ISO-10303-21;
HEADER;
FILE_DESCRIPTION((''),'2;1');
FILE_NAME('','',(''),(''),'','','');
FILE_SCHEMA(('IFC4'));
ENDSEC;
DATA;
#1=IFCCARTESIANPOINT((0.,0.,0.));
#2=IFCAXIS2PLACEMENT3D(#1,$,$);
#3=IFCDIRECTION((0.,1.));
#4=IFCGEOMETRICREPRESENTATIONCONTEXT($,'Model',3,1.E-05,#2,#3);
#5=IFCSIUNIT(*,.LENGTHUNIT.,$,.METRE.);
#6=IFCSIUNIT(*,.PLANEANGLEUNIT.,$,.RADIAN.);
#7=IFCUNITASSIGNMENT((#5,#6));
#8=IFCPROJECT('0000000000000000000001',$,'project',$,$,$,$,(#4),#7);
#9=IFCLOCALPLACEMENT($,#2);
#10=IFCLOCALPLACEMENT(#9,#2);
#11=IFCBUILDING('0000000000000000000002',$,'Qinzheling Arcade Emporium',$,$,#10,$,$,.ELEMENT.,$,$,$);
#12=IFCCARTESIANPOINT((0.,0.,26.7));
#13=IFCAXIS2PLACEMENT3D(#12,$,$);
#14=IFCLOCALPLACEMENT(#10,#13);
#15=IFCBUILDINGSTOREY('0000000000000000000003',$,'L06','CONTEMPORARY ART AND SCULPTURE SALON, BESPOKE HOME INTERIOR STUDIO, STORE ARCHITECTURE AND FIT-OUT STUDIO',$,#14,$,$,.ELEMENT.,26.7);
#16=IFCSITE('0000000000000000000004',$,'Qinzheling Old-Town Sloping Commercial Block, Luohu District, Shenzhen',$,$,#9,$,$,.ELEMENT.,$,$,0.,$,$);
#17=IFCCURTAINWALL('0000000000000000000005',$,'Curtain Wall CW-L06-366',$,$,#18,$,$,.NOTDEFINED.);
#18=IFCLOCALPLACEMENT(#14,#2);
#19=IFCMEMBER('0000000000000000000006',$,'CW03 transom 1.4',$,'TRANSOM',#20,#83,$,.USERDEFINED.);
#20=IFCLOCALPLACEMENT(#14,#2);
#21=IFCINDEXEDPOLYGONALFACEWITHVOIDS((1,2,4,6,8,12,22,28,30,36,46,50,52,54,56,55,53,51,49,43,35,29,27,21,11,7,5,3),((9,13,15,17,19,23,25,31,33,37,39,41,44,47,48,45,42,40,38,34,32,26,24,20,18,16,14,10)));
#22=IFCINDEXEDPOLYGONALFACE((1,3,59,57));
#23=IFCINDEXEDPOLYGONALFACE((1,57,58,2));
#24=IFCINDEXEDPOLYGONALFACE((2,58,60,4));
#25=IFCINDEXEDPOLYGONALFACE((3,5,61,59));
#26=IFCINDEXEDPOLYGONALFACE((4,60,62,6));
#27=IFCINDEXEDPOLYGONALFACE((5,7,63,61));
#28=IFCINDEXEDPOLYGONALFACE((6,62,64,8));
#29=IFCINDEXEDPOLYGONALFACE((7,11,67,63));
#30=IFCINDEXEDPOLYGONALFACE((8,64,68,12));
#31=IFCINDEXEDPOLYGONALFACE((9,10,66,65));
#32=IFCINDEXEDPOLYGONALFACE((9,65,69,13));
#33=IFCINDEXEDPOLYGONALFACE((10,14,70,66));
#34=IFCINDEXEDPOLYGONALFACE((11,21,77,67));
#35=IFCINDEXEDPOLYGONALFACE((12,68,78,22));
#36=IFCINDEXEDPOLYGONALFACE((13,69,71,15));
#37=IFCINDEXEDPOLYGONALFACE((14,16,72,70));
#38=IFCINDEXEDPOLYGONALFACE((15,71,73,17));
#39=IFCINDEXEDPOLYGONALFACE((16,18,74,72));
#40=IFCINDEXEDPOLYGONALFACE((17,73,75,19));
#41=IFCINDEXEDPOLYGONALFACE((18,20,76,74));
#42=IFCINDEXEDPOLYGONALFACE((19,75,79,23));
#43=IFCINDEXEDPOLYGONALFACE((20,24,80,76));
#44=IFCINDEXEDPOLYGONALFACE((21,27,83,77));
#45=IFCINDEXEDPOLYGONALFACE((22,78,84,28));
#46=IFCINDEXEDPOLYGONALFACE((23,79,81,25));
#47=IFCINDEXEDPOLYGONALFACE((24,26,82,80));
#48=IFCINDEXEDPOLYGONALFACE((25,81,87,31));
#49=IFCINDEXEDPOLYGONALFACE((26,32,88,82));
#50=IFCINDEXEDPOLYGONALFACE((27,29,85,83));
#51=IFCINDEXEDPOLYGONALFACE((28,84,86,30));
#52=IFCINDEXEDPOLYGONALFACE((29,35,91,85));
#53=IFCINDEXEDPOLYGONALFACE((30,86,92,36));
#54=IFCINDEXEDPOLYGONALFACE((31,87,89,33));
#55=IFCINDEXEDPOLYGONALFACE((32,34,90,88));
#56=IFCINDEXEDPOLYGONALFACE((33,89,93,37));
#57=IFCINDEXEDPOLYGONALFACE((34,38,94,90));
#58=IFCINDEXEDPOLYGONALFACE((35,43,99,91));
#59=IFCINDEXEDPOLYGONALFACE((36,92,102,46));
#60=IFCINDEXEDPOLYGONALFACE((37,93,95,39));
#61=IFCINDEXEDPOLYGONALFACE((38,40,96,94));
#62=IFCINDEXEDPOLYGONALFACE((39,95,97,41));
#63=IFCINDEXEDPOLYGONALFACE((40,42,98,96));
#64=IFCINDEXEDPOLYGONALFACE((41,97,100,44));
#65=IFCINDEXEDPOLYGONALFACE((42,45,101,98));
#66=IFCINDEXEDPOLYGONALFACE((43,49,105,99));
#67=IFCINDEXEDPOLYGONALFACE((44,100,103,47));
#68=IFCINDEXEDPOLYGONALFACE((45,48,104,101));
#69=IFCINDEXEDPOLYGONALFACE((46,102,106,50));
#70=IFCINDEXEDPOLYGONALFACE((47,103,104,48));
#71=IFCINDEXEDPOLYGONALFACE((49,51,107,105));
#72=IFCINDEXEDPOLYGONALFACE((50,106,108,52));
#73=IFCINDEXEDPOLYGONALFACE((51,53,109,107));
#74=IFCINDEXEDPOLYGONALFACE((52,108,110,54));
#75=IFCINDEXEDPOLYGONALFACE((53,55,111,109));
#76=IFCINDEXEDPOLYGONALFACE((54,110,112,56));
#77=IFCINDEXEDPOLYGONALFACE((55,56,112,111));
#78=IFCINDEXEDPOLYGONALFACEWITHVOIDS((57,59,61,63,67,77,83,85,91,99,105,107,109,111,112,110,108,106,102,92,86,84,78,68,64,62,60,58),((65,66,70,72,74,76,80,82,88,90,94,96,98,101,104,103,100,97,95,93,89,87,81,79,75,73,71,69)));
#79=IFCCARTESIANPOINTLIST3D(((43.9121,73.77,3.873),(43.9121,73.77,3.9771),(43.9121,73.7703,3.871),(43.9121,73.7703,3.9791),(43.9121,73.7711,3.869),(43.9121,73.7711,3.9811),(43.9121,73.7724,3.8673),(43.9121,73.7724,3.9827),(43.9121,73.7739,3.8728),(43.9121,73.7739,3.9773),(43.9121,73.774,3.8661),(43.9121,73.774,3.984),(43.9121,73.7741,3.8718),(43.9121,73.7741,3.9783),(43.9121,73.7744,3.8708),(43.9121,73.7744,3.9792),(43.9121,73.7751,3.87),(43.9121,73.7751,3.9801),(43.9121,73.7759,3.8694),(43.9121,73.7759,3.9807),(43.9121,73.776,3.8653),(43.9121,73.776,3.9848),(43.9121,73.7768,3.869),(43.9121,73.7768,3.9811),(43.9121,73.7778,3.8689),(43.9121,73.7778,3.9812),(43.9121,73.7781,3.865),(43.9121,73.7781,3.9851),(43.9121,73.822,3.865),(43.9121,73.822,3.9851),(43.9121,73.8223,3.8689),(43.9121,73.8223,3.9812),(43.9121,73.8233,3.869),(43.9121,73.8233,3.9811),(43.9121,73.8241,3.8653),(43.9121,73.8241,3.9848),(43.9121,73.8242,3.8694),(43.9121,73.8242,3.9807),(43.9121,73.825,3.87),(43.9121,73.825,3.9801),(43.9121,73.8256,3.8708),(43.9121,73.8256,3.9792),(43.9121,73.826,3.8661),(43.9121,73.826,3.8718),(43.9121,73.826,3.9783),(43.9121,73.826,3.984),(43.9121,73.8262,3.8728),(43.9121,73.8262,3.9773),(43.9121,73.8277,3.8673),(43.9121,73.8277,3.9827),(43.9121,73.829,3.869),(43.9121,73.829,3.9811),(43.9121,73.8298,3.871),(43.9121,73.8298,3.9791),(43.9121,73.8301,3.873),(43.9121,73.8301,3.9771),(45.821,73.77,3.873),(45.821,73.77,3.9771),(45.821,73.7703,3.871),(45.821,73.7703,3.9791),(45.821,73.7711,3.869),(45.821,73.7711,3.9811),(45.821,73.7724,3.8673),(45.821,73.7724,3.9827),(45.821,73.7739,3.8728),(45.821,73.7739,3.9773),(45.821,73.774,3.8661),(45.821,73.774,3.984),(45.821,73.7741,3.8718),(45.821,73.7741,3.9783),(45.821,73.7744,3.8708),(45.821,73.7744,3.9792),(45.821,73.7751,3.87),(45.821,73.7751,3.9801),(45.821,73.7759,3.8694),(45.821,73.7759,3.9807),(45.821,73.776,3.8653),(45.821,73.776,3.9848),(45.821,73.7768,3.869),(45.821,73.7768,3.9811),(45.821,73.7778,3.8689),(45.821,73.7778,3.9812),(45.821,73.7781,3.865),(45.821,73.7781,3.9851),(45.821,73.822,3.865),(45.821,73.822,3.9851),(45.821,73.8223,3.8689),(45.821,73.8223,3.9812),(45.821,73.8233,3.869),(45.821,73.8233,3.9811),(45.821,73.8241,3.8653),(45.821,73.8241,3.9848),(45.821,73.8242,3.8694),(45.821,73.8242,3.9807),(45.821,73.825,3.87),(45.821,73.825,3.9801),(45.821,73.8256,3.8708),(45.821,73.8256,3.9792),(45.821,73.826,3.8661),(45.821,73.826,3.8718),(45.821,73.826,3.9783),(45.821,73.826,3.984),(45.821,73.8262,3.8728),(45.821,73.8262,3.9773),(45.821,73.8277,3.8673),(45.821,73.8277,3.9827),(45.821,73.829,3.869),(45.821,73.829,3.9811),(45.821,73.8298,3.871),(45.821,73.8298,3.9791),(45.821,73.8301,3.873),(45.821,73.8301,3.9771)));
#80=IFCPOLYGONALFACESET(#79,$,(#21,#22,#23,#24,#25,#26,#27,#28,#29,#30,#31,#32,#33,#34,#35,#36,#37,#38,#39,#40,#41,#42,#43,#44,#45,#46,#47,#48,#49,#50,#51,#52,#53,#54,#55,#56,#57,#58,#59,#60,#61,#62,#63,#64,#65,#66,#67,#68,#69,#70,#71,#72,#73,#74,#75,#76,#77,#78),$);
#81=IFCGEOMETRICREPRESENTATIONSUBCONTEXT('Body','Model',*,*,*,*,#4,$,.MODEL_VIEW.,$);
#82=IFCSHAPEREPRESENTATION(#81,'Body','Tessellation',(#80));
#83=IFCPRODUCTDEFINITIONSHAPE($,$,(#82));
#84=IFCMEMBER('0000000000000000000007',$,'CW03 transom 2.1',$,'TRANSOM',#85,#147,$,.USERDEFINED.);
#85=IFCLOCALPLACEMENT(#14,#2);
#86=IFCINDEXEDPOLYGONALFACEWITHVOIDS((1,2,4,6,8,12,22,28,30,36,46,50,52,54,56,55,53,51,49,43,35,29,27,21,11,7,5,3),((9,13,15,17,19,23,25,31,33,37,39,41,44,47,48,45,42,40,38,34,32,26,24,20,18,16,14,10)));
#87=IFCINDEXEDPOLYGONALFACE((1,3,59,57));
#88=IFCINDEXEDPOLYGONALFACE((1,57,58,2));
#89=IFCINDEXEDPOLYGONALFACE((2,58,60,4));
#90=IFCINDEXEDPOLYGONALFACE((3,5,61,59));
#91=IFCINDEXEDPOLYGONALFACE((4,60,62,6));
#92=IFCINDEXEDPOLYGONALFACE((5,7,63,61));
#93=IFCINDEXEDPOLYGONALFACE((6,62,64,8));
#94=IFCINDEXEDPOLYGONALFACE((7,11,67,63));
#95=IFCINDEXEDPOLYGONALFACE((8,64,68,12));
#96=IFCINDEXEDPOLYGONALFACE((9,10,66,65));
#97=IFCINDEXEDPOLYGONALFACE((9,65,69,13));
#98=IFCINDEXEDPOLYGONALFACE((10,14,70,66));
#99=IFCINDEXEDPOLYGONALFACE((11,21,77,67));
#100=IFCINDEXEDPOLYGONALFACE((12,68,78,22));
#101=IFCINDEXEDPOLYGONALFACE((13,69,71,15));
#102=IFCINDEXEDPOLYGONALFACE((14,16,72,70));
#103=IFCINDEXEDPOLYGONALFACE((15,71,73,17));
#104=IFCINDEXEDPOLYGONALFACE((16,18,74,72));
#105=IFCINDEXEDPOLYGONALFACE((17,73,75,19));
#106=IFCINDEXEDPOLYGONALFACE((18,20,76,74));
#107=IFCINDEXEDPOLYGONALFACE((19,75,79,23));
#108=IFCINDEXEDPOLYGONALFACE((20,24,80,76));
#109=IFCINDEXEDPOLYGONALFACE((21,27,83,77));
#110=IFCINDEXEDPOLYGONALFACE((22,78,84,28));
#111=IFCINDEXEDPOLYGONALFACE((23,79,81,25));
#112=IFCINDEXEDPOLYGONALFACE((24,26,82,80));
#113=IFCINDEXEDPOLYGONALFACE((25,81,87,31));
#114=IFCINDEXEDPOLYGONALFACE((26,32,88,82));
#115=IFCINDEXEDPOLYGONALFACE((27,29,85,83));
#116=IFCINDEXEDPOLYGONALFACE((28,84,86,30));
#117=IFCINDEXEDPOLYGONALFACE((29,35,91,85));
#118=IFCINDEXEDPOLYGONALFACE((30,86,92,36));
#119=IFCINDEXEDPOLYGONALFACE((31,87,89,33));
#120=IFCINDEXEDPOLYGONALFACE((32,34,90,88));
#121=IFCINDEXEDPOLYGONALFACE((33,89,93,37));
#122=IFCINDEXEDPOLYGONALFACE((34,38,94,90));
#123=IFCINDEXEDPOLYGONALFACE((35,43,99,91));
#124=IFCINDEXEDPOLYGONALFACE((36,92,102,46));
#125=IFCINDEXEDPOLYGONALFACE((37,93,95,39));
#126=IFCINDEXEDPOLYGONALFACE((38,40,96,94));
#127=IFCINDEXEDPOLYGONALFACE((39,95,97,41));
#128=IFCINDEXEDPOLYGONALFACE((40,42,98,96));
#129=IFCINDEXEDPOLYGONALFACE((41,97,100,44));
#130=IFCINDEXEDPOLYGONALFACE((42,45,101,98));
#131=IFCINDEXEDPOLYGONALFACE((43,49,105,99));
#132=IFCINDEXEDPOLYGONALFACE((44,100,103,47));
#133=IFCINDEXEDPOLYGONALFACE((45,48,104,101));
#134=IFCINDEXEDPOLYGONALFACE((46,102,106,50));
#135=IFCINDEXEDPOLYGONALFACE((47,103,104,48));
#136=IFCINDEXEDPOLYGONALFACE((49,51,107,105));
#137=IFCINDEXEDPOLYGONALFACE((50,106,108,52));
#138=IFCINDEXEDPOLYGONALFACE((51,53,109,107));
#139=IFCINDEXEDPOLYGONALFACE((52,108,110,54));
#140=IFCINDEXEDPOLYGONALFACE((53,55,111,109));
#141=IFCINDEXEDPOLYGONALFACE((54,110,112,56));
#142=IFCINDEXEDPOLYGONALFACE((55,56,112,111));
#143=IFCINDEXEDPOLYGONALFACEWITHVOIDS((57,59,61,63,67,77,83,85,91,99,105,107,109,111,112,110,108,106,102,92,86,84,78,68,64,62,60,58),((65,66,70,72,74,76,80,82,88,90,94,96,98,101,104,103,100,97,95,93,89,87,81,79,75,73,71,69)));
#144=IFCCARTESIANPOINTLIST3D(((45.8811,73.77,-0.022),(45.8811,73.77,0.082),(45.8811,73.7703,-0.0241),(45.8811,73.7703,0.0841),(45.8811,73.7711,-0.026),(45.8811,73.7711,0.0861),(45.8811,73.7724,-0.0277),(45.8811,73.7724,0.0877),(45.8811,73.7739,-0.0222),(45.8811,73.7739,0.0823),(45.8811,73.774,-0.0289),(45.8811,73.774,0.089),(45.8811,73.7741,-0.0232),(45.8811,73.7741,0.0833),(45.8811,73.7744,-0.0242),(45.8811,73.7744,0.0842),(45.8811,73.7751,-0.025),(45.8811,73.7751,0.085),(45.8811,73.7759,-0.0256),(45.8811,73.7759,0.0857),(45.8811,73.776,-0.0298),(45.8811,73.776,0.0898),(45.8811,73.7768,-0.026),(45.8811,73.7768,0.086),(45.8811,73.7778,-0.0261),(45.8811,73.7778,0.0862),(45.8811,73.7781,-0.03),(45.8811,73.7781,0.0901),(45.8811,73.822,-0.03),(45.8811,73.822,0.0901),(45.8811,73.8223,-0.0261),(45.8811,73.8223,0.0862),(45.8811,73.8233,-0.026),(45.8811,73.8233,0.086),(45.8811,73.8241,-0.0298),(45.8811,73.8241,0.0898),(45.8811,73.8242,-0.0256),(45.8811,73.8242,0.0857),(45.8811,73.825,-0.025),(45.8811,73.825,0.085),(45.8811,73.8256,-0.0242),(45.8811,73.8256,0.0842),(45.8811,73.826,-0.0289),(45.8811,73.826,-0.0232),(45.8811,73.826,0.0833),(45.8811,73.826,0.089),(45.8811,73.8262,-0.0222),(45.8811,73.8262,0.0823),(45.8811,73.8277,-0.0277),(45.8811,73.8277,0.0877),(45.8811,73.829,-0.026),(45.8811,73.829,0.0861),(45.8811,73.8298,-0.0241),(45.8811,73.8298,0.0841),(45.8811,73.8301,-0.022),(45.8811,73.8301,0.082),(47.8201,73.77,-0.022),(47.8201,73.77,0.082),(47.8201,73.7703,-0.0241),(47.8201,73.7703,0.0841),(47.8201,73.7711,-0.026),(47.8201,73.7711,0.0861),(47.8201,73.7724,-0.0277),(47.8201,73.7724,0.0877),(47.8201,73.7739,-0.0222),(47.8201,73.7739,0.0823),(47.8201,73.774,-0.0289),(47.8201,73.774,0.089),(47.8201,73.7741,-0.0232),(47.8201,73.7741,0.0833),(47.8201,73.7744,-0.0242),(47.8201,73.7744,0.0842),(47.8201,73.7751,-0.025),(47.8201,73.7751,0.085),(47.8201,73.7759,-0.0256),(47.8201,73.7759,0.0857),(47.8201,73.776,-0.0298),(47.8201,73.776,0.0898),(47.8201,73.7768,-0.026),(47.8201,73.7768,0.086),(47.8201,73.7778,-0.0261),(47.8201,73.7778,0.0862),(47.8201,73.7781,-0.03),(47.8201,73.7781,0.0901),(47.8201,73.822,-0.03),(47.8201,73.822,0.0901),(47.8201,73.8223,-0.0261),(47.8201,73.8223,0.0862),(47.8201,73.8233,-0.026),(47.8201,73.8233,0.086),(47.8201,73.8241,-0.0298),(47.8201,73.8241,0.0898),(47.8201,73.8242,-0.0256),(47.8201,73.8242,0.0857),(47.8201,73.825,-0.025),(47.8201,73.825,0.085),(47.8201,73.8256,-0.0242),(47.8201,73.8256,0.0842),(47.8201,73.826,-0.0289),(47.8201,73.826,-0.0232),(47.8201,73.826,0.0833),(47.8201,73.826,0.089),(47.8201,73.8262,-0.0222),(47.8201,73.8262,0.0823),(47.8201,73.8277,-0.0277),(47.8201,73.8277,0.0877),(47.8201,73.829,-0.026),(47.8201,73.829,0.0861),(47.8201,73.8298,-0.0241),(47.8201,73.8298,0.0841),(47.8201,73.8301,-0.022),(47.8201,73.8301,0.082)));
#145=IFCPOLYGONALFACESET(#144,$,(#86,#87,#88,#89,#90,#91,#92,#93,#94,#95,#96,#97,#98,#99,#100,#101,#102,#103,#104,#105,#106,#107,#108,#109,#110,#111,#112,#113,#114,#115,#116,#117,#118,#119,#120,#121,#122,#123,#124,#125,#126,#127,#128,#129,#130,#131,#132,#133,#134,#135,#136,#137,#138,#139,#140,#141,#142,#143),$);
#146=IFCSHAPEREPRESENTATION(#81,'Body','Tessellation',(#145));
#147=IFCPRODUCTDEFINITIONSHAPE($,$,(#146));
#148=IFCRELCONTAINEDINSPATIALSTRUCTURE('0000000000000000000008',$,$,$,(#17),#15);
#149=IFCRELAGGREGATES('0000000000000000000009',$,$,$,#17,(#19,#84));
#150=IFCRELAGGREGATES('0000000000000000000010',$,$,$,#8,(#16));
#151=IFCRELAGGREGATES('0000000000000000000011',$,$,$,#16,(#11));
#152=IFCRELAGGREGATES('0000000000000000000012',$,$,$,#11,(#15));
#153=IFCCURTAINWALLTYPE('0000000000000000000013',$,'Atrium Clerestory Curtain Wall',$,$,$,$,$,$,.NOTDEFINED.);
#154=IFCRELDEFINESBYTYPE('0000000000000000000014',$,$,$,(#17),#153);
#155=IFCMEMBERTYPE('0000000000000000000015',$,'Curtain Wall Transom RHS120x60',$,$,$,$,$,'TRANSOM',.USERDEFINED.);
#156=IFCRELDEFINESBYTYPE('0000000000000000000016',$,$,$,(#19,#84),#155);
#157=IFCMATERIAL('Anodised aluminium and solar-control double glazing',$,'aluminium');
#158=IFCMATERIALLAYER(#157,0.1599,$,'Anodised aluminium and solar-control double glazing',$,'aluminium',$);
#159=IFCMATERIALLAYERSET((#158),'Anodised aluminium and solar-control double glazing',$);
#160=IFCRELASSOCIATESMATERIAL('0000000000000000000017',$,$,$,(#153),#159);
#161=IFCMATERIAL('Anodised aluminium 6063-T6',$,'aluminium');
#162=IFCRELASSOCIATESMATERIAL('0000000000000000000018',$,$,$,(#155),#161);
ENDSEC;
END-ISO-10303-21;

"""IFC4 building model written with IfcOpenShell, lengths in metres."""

from ifc_helpers import new_model, si_unit, direction, frame, origin, origin_2d, place, context, subcontext, project, spatial, hollow_rectangle, extrude, material, layer, layer_set, material_profile, profile_set, type_object, element, aggregate, save


model = new_model("IFC4")

# Units and contexts
model_context = context("Model", 3, precision=1e-05, world=origin(), true_north=direction((0.0, 1.0)))
body_context = subcontext(model_context, "Body", "Model", "MODEL_VIEW")
ifc_project = project(units=[si_unit("LENGTHUNIT", "METRE"), si_unit("PLANEANGLEUNIT", "RADIAN")], contexts=[model_context])

# Site, building, storey
site_placement = place(None, origin())
site = spatial("IfcSite", under=ifc_project, at=site_placement, Name="Qinzheling Old-Town Sloping Commercial Block, Luohu District, Shenzhen", CompositionType="ELEMENT", RefElevation=0.0)
building_placement = place(site_placement, origin())
building = spatial("IfcBuilding", under=site, at=building_placement, Name="Qinzheling Arcade Emporium", CompositionType="ELEMENT")
storey_placement = place(building_placement, frame((0.0, 0.0, 26.7)))
storey = spatial("IfcBuildingStorey", under=building, at=storey_placement, Name="L06", Description="CONTEMPORARY ART AND SCULPTURE SALON, BESPOKE HOME INTERIOR STUDIO, STORE ARCHITECTURE AND FIT-OUT STUDIO", CompositionType="ELEMENT", Elevation=26.7)

# Curtain wall, members
ifc_material_1 = material(Name="Anodised aluminium and solar-control double glazing", Category="aluminium")
ifc_layer_1 = layer(ifc_material_1, 0.1599, Name="Anodised aluminium and solar-control double glazing", Category="aluminium")
ifc_layer_set_1 = layer_set([ifc_layer_1], Name="Anodised aluminium and solar-control double glazing")
curtain_wall_type = type_object("IfcCurtainWallType", Name="Atrium Clerestory Curtain Wall", PredefinedType="NOTDEFINED", material=ifc_layer_set_1)
curtain_wall_placement = place(storey_placement, origin())
curtain_wall = element("IfcCurtainWall", 1, at=curtain_wall_placement, inside=storey, type_object=curtain_wall_type, Name="Curtain Wall CW-L06-366", PredefinedType="NOTDEFINED")
ifc_material_2 = material(Name="Anodised aluminium 6063-T6", Category="aluminium")
ifc_material_profile_1 = material_profile(ifc_material_2, hollow_rectangle(XDim=0.0601, YDim=0.1201, WallThickness=0.0039, InnerFilletRadius=0.0039, OuterFilletRadius=0.0081, at=origin_2d()), Name="RHS 120x60x4", Category="aluminium")
ifc_profile_set_1 = profile_set([ifc_material_profile_1], Name="Anodised aluminium 6063-T6")
member_type_1 = type_object("IfcMemberType", Name="Curtain Wall Transom RHS120x60", ElementType="TRANSOM", PredefinedType="USERDEFINED", material=ifc_profile_set_1)
member_1_placement = place(storey_placement, frame((43.9121, 73.8, 3.925), z_axis=(1.0, 0.0, 0.0), x_axis=(0.0, 1.0, 0.0)))
member_1 = element("IfcMember", 2, at=member_1_placement, type_object=member_type_1, Name="CW03 transom 1.4", ObjectType="TRANSOM", PredefinedType="USERDEFINED", context=body_context, shape_type="SweptSolid", body=[
    extrude(hollow_rectangle(XDim=0.0601, YDim=0.1201, WallThickness=0.0039, InnerFilletRadius=0.0039, OuterFilletRadius=0.0081, at=origin_2d()), origin(), (0.0, 0.0, 1.0), 1.9089),
])
member_2_placement = place(storey_placement, frame((45.8811, 73.8, 0.03), z_axis=(1.0, 0.0, 0.0), x_axis=(0.0, 1.0, 0.0)))
member_2 = element("IfcMember", 3, at=member_2_placement, type_object=member_type_1, Name="CW03 transom 2.1", ObjectType="TRANSOM", PredefinedType="USERDEFINED", context=body_context, shape_type="SweptSolid", body=[
    extrude(hollow_rectangle(XDim=0.0601, YDim=0.1201, WallThickness=0.0039, InnerFilletRadius=0.0039, OuterFilletRadius=0.0081, at=origin_2d()), origin(), (0.0, 0.0, 1.0), 1.939),
])

aggregate(curtain_wall, [member_1, member_2])

save(model, "model.ifc")
